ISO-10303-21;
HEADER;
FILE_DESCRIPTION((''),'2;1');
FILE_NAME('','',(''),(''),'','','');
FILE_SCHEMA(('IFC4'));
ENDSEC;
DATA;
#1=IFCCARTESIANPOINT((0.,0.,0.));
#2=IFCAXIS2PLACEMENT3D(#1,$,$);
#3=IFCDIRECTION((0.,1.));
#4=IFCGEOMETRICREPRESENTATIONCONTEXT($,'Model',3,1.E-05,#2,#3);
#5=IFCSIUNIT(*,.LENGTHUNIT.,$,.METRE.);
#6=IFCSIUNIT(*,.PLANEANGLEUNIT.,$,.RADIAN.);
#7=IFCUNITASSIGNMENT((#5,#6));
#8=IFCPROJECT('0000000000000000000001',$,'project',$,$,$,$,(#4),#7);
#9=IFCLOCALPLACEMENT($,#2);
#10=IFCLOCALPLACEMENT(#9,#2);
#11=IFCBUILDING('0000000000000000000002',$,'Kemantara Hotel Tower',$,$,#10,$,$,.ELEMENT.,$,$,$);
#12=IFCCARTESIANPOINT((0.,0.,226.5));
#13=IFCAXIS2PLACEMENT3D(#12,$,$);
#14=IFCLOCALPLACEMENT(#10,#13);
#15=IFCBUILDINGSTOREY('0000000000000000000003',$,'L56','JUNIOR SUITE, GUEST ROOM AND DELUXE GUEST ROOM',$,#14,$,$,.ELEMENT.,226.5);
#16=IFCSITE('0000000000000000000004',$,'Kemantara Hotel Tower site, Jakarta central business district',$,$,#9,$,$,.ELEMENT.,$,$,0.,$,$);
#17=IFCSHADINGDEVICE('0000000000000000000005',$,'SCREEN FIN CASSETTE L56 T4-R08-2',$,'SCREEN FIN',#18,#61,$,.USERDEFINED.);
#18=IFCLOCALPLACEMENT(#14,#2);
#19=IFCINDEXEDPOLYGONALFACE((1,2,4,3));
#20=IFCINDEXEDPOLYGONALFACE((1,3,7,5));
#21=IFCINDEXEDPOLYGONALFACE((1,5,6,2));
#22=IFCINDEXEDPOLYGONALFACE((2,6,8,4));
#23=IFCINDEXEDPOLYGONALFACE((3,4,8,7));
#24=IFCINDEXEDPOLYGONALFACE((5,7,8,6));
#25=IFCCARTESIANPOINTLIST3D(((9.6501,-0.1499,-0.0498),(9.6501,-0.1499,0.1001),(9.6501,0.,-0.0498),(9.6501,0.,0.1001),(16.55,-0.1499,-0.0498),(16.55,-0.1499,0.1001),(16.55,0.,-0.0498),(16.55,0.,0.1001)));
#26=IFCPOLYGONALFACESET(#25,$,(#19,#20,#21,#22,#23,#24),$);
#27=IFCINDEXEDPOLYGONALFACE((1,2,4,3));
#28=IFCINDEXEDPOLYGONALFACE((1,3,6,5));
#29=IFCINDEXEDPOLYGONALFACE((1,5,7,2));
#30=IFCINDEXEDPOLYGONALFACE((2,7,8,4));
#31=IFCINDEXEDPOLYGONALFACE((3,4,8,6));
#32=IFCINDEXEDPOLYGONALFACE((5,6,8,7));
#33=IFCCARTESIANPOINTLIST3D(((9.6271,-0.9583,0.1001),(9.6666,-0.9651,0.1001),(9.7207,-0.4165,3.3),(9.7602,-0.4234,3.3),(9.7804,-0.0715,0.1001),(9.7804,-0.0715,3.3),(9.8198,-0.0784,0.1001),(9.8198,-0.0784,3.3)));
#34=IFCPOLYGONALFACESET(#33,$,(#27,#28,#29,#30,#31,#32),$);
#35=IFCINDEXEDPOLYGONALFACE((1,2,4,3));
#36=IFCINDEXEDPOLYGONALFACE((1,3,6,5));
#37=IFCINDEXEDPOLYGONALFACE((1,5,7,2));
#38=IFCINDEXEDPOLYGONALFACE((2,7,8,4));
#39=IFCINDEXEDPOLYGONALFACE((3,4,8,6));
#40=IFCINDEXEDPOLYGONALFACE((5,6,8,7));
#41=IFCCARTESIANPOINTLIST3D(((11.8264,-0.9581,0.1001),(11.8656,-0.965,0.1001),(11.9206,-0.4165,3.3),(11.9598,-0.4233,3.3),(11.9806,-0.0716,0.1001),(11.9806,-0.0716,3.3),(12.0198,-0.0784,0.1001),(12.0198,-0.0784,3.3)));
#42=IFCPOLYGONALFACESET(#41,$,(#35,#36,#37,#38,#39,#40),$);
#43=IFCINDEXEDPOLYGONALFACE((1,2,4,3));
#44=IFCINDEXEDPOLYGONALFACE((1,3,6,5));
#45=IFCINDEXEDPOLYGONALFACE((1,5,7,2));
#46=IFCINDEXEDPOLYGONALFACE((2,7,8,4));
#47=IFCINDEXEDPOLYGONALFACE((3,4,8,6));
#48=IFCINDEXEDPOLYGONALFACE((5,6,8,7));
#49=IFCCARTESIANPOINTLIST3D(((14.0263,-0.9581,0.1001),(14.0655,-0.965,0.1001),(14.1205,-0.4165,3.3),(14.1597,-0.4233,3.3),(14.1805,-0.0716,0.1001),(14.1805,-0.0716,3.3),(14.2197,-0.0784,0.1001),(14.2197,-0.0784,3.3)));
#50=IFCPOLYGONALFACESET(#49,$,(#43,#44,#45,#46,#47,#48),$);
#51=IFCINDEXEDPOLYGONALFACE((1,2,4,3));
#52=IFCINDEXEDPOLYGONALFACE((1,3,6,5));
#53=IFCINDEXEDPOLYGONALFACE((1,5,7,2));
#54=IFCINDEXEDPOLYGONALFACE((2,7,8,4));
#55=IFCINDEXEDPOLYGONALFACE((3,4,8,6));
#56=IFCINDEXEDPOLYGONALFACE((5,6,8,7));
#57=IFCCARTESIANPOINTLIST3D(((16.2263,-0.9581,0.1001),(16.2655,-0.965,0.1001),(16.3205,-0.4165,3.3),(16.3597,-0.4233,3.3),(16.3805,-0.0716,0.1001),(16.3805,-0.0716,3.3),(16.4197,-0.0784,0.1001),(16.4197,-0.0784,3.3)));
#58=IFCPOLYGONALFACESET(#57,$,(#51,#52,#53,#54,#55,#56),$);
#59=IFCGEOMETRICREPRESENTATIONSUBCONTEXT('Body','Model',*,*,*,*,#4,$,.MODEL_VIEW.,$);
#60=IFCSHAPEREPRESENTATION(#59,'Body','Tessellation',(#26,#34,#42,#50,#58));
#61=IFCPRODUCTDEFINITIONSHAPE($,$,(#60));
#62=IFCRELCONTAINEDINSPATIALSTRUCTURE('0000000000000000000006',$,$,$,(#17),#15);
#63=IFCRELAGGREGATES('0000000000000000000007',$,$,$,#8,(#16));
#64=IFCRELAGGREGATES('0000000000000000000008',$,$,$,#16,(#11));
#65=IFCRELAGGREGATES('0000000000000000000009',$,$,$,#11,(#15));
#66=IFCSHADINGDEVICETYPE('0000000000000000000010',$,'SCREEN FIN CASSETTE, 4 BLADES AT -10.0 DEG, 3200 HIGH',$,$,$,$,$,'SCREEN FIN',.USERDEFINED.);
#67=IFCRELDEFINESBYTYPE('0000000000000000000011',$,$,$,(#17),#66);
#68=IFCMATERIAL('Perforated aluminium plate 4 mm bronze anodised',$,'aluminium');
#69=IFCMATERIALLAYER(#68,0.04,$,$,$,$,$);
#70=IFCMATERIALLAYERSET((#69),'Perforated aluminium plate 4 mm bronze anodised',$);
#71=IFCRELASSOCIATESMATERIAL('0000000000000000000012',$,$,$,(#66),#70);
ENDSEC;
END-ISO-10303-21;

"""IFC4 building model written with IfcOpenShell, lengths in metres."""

from ifc_helpers import new_model, si_unit, direction, frame, origin, origin_2d, place, context, subcontext, project, spatial, polyline, rectangle, outline, extrude, source, transform, mapped, material, layer, layer_set, type_object, element, save


model = new_model("IFC4")

# Units and contexts
model_context = context("Model", 3, precision=1e-05, world=origin(), true_north=direction((0.0, 1.0)))
body_context = subcontext(model_context, "Body", "Model", "MODEL_VIEW")
ifc_project = project(units=[si_unit("LENGTHUNIT", "METRE"), si_unit("PLANEANGLEUNIT", "RADIAN")], contexts=[model_context])

# Site, building, storey
site_placement = place(None, origin())
site = spatial("IfcSite", under=ifc_project, at=site_placement, Name="Kemantara Hotel Tower site, Jakarta central business district", CompositionType="ELEMENT", RefElevation=0.0)
building_placement = place(site_placement, origin())
building = spatial("IfcBuilding", under=site, at=building_placement, Name="Kemantara Hotel Tower", CompositionType="ELEMENT")
storey_placement = place(building_placement, frame((0.0, 0.0, 226.5)))
storey = spatial("IfcBuildingStorey", under=building, at=storey_placement, Name="L56", Description="JUNIOR SUITE, GUEST ROOM AND DELUXE GUEST ROOM", CompositionType="ELEMENT", Elevation=226.5)

# Shading device
ifc_material_1 = material(Name="Perforated aluminium plate 4 mm bronze anodised", Category="aluminium")
ifc_layer_1 = layer(ifc_material_1, 0.04)
ifc_layer_set_1 = layer_set([ifc_layer_1], Name="Perforated aluminium plate 4 mm bronze anodised")
shading_device_type_1 = type_object("IfcShadingDeviceType", Name="SCREEN FIN CASSETTE, 4 BLADES AT -10.0 DEG, 3200 HIGH", ElementType="SCREEN FIN", PredefinedType="USERDEFINED", material=ifc_layer_set_1)
shared_shape_1 = source(origin(), body_context, "Body", "SweptSolid", [
    extrude(rectangle(XDim=6.8999, YDim=0.1499, at=origin_2d()), frame((3.3, -0.075, -0.1499), z_axis=(0.0, 0.0, 1.0), x_axis=(1.0, 0.0, 0.0)), (0.0, 0.0, 1.0), 0.1499),
    extrude(outline(polyline([(0.0, 0.0), (0.8999, 0.0), (0.3501, 3.2), (0.0, 3.2), (0.0, 0.0)])), frame((0.0198, -0.0784, 0.0), z_axis=(-0.98539, 0.170314, 0.0), x_axis=(-0.170314, -0.98539, 0.0)), (0.0, 0.0, 1.0), 0.04),
    extrude(outline(polyline([(0.0, 0.0), (0.8999, 0.0), (0.3501, 3.2), (0.0, 3.2), (0.0, 0.0)])), frame((2.2197, -0.0784, 0.0), z_axis=(-0.985212, 0.171341, 0.0), x_axis=(-0.171341, -0.985212, 0.0)), (0.0, 0.0, 1.0), 0.0398),
    extrude(outline(polyline([(0.0, 0.0), (0.8999, 0.0), (0.3501, 3.2), (0.0, 3.2), (0.0, 0.0)])), frame((4.4197, -0.0784, 0.0), z_axis=(-0.985212, 0.171341, 0.0), x_axis=(-0.171341, -0.985212, 0.0)), (0.0, 0.0, 1.0), 0.0398),
    extrude(outline(polyline([(0.0, 0.0), (0.8999, 0.0), (0.3501, 3.2), (0.0, 3.2), (0.0, 0.0)])), frame((6.6196, -0.0784, 0.0), z_axis=(-0.985212, 0.171341, 0.0), x_axis=(-0.171341, -0.985212, 0.0)), (0.0, 0.0, 1.0), 0.0398),
])
shading_device_1_placement = place(storey_placement, frame((9.8, 0.0, 0.1001), z_axis=(0.0, 0.0, 1.0), x_axis=(1.0, 0.0, 0.0)))
element("IfcShadingDevice", 1, at=shading_device_1_placement, inside=storey, type_object=shading_device_type_1, Name="SCREEN FIN CASSETTE L56 T4-R08-2", ObjectType="SCREEN FIN", PredefinedType="USERDEFINED", context=body_context, shape_type="MappedRepresentation", body=[
    mapped(shared_shape_1, transform((0.0, 0.0, 0.0))),
])

save(model, "model.ifc")
